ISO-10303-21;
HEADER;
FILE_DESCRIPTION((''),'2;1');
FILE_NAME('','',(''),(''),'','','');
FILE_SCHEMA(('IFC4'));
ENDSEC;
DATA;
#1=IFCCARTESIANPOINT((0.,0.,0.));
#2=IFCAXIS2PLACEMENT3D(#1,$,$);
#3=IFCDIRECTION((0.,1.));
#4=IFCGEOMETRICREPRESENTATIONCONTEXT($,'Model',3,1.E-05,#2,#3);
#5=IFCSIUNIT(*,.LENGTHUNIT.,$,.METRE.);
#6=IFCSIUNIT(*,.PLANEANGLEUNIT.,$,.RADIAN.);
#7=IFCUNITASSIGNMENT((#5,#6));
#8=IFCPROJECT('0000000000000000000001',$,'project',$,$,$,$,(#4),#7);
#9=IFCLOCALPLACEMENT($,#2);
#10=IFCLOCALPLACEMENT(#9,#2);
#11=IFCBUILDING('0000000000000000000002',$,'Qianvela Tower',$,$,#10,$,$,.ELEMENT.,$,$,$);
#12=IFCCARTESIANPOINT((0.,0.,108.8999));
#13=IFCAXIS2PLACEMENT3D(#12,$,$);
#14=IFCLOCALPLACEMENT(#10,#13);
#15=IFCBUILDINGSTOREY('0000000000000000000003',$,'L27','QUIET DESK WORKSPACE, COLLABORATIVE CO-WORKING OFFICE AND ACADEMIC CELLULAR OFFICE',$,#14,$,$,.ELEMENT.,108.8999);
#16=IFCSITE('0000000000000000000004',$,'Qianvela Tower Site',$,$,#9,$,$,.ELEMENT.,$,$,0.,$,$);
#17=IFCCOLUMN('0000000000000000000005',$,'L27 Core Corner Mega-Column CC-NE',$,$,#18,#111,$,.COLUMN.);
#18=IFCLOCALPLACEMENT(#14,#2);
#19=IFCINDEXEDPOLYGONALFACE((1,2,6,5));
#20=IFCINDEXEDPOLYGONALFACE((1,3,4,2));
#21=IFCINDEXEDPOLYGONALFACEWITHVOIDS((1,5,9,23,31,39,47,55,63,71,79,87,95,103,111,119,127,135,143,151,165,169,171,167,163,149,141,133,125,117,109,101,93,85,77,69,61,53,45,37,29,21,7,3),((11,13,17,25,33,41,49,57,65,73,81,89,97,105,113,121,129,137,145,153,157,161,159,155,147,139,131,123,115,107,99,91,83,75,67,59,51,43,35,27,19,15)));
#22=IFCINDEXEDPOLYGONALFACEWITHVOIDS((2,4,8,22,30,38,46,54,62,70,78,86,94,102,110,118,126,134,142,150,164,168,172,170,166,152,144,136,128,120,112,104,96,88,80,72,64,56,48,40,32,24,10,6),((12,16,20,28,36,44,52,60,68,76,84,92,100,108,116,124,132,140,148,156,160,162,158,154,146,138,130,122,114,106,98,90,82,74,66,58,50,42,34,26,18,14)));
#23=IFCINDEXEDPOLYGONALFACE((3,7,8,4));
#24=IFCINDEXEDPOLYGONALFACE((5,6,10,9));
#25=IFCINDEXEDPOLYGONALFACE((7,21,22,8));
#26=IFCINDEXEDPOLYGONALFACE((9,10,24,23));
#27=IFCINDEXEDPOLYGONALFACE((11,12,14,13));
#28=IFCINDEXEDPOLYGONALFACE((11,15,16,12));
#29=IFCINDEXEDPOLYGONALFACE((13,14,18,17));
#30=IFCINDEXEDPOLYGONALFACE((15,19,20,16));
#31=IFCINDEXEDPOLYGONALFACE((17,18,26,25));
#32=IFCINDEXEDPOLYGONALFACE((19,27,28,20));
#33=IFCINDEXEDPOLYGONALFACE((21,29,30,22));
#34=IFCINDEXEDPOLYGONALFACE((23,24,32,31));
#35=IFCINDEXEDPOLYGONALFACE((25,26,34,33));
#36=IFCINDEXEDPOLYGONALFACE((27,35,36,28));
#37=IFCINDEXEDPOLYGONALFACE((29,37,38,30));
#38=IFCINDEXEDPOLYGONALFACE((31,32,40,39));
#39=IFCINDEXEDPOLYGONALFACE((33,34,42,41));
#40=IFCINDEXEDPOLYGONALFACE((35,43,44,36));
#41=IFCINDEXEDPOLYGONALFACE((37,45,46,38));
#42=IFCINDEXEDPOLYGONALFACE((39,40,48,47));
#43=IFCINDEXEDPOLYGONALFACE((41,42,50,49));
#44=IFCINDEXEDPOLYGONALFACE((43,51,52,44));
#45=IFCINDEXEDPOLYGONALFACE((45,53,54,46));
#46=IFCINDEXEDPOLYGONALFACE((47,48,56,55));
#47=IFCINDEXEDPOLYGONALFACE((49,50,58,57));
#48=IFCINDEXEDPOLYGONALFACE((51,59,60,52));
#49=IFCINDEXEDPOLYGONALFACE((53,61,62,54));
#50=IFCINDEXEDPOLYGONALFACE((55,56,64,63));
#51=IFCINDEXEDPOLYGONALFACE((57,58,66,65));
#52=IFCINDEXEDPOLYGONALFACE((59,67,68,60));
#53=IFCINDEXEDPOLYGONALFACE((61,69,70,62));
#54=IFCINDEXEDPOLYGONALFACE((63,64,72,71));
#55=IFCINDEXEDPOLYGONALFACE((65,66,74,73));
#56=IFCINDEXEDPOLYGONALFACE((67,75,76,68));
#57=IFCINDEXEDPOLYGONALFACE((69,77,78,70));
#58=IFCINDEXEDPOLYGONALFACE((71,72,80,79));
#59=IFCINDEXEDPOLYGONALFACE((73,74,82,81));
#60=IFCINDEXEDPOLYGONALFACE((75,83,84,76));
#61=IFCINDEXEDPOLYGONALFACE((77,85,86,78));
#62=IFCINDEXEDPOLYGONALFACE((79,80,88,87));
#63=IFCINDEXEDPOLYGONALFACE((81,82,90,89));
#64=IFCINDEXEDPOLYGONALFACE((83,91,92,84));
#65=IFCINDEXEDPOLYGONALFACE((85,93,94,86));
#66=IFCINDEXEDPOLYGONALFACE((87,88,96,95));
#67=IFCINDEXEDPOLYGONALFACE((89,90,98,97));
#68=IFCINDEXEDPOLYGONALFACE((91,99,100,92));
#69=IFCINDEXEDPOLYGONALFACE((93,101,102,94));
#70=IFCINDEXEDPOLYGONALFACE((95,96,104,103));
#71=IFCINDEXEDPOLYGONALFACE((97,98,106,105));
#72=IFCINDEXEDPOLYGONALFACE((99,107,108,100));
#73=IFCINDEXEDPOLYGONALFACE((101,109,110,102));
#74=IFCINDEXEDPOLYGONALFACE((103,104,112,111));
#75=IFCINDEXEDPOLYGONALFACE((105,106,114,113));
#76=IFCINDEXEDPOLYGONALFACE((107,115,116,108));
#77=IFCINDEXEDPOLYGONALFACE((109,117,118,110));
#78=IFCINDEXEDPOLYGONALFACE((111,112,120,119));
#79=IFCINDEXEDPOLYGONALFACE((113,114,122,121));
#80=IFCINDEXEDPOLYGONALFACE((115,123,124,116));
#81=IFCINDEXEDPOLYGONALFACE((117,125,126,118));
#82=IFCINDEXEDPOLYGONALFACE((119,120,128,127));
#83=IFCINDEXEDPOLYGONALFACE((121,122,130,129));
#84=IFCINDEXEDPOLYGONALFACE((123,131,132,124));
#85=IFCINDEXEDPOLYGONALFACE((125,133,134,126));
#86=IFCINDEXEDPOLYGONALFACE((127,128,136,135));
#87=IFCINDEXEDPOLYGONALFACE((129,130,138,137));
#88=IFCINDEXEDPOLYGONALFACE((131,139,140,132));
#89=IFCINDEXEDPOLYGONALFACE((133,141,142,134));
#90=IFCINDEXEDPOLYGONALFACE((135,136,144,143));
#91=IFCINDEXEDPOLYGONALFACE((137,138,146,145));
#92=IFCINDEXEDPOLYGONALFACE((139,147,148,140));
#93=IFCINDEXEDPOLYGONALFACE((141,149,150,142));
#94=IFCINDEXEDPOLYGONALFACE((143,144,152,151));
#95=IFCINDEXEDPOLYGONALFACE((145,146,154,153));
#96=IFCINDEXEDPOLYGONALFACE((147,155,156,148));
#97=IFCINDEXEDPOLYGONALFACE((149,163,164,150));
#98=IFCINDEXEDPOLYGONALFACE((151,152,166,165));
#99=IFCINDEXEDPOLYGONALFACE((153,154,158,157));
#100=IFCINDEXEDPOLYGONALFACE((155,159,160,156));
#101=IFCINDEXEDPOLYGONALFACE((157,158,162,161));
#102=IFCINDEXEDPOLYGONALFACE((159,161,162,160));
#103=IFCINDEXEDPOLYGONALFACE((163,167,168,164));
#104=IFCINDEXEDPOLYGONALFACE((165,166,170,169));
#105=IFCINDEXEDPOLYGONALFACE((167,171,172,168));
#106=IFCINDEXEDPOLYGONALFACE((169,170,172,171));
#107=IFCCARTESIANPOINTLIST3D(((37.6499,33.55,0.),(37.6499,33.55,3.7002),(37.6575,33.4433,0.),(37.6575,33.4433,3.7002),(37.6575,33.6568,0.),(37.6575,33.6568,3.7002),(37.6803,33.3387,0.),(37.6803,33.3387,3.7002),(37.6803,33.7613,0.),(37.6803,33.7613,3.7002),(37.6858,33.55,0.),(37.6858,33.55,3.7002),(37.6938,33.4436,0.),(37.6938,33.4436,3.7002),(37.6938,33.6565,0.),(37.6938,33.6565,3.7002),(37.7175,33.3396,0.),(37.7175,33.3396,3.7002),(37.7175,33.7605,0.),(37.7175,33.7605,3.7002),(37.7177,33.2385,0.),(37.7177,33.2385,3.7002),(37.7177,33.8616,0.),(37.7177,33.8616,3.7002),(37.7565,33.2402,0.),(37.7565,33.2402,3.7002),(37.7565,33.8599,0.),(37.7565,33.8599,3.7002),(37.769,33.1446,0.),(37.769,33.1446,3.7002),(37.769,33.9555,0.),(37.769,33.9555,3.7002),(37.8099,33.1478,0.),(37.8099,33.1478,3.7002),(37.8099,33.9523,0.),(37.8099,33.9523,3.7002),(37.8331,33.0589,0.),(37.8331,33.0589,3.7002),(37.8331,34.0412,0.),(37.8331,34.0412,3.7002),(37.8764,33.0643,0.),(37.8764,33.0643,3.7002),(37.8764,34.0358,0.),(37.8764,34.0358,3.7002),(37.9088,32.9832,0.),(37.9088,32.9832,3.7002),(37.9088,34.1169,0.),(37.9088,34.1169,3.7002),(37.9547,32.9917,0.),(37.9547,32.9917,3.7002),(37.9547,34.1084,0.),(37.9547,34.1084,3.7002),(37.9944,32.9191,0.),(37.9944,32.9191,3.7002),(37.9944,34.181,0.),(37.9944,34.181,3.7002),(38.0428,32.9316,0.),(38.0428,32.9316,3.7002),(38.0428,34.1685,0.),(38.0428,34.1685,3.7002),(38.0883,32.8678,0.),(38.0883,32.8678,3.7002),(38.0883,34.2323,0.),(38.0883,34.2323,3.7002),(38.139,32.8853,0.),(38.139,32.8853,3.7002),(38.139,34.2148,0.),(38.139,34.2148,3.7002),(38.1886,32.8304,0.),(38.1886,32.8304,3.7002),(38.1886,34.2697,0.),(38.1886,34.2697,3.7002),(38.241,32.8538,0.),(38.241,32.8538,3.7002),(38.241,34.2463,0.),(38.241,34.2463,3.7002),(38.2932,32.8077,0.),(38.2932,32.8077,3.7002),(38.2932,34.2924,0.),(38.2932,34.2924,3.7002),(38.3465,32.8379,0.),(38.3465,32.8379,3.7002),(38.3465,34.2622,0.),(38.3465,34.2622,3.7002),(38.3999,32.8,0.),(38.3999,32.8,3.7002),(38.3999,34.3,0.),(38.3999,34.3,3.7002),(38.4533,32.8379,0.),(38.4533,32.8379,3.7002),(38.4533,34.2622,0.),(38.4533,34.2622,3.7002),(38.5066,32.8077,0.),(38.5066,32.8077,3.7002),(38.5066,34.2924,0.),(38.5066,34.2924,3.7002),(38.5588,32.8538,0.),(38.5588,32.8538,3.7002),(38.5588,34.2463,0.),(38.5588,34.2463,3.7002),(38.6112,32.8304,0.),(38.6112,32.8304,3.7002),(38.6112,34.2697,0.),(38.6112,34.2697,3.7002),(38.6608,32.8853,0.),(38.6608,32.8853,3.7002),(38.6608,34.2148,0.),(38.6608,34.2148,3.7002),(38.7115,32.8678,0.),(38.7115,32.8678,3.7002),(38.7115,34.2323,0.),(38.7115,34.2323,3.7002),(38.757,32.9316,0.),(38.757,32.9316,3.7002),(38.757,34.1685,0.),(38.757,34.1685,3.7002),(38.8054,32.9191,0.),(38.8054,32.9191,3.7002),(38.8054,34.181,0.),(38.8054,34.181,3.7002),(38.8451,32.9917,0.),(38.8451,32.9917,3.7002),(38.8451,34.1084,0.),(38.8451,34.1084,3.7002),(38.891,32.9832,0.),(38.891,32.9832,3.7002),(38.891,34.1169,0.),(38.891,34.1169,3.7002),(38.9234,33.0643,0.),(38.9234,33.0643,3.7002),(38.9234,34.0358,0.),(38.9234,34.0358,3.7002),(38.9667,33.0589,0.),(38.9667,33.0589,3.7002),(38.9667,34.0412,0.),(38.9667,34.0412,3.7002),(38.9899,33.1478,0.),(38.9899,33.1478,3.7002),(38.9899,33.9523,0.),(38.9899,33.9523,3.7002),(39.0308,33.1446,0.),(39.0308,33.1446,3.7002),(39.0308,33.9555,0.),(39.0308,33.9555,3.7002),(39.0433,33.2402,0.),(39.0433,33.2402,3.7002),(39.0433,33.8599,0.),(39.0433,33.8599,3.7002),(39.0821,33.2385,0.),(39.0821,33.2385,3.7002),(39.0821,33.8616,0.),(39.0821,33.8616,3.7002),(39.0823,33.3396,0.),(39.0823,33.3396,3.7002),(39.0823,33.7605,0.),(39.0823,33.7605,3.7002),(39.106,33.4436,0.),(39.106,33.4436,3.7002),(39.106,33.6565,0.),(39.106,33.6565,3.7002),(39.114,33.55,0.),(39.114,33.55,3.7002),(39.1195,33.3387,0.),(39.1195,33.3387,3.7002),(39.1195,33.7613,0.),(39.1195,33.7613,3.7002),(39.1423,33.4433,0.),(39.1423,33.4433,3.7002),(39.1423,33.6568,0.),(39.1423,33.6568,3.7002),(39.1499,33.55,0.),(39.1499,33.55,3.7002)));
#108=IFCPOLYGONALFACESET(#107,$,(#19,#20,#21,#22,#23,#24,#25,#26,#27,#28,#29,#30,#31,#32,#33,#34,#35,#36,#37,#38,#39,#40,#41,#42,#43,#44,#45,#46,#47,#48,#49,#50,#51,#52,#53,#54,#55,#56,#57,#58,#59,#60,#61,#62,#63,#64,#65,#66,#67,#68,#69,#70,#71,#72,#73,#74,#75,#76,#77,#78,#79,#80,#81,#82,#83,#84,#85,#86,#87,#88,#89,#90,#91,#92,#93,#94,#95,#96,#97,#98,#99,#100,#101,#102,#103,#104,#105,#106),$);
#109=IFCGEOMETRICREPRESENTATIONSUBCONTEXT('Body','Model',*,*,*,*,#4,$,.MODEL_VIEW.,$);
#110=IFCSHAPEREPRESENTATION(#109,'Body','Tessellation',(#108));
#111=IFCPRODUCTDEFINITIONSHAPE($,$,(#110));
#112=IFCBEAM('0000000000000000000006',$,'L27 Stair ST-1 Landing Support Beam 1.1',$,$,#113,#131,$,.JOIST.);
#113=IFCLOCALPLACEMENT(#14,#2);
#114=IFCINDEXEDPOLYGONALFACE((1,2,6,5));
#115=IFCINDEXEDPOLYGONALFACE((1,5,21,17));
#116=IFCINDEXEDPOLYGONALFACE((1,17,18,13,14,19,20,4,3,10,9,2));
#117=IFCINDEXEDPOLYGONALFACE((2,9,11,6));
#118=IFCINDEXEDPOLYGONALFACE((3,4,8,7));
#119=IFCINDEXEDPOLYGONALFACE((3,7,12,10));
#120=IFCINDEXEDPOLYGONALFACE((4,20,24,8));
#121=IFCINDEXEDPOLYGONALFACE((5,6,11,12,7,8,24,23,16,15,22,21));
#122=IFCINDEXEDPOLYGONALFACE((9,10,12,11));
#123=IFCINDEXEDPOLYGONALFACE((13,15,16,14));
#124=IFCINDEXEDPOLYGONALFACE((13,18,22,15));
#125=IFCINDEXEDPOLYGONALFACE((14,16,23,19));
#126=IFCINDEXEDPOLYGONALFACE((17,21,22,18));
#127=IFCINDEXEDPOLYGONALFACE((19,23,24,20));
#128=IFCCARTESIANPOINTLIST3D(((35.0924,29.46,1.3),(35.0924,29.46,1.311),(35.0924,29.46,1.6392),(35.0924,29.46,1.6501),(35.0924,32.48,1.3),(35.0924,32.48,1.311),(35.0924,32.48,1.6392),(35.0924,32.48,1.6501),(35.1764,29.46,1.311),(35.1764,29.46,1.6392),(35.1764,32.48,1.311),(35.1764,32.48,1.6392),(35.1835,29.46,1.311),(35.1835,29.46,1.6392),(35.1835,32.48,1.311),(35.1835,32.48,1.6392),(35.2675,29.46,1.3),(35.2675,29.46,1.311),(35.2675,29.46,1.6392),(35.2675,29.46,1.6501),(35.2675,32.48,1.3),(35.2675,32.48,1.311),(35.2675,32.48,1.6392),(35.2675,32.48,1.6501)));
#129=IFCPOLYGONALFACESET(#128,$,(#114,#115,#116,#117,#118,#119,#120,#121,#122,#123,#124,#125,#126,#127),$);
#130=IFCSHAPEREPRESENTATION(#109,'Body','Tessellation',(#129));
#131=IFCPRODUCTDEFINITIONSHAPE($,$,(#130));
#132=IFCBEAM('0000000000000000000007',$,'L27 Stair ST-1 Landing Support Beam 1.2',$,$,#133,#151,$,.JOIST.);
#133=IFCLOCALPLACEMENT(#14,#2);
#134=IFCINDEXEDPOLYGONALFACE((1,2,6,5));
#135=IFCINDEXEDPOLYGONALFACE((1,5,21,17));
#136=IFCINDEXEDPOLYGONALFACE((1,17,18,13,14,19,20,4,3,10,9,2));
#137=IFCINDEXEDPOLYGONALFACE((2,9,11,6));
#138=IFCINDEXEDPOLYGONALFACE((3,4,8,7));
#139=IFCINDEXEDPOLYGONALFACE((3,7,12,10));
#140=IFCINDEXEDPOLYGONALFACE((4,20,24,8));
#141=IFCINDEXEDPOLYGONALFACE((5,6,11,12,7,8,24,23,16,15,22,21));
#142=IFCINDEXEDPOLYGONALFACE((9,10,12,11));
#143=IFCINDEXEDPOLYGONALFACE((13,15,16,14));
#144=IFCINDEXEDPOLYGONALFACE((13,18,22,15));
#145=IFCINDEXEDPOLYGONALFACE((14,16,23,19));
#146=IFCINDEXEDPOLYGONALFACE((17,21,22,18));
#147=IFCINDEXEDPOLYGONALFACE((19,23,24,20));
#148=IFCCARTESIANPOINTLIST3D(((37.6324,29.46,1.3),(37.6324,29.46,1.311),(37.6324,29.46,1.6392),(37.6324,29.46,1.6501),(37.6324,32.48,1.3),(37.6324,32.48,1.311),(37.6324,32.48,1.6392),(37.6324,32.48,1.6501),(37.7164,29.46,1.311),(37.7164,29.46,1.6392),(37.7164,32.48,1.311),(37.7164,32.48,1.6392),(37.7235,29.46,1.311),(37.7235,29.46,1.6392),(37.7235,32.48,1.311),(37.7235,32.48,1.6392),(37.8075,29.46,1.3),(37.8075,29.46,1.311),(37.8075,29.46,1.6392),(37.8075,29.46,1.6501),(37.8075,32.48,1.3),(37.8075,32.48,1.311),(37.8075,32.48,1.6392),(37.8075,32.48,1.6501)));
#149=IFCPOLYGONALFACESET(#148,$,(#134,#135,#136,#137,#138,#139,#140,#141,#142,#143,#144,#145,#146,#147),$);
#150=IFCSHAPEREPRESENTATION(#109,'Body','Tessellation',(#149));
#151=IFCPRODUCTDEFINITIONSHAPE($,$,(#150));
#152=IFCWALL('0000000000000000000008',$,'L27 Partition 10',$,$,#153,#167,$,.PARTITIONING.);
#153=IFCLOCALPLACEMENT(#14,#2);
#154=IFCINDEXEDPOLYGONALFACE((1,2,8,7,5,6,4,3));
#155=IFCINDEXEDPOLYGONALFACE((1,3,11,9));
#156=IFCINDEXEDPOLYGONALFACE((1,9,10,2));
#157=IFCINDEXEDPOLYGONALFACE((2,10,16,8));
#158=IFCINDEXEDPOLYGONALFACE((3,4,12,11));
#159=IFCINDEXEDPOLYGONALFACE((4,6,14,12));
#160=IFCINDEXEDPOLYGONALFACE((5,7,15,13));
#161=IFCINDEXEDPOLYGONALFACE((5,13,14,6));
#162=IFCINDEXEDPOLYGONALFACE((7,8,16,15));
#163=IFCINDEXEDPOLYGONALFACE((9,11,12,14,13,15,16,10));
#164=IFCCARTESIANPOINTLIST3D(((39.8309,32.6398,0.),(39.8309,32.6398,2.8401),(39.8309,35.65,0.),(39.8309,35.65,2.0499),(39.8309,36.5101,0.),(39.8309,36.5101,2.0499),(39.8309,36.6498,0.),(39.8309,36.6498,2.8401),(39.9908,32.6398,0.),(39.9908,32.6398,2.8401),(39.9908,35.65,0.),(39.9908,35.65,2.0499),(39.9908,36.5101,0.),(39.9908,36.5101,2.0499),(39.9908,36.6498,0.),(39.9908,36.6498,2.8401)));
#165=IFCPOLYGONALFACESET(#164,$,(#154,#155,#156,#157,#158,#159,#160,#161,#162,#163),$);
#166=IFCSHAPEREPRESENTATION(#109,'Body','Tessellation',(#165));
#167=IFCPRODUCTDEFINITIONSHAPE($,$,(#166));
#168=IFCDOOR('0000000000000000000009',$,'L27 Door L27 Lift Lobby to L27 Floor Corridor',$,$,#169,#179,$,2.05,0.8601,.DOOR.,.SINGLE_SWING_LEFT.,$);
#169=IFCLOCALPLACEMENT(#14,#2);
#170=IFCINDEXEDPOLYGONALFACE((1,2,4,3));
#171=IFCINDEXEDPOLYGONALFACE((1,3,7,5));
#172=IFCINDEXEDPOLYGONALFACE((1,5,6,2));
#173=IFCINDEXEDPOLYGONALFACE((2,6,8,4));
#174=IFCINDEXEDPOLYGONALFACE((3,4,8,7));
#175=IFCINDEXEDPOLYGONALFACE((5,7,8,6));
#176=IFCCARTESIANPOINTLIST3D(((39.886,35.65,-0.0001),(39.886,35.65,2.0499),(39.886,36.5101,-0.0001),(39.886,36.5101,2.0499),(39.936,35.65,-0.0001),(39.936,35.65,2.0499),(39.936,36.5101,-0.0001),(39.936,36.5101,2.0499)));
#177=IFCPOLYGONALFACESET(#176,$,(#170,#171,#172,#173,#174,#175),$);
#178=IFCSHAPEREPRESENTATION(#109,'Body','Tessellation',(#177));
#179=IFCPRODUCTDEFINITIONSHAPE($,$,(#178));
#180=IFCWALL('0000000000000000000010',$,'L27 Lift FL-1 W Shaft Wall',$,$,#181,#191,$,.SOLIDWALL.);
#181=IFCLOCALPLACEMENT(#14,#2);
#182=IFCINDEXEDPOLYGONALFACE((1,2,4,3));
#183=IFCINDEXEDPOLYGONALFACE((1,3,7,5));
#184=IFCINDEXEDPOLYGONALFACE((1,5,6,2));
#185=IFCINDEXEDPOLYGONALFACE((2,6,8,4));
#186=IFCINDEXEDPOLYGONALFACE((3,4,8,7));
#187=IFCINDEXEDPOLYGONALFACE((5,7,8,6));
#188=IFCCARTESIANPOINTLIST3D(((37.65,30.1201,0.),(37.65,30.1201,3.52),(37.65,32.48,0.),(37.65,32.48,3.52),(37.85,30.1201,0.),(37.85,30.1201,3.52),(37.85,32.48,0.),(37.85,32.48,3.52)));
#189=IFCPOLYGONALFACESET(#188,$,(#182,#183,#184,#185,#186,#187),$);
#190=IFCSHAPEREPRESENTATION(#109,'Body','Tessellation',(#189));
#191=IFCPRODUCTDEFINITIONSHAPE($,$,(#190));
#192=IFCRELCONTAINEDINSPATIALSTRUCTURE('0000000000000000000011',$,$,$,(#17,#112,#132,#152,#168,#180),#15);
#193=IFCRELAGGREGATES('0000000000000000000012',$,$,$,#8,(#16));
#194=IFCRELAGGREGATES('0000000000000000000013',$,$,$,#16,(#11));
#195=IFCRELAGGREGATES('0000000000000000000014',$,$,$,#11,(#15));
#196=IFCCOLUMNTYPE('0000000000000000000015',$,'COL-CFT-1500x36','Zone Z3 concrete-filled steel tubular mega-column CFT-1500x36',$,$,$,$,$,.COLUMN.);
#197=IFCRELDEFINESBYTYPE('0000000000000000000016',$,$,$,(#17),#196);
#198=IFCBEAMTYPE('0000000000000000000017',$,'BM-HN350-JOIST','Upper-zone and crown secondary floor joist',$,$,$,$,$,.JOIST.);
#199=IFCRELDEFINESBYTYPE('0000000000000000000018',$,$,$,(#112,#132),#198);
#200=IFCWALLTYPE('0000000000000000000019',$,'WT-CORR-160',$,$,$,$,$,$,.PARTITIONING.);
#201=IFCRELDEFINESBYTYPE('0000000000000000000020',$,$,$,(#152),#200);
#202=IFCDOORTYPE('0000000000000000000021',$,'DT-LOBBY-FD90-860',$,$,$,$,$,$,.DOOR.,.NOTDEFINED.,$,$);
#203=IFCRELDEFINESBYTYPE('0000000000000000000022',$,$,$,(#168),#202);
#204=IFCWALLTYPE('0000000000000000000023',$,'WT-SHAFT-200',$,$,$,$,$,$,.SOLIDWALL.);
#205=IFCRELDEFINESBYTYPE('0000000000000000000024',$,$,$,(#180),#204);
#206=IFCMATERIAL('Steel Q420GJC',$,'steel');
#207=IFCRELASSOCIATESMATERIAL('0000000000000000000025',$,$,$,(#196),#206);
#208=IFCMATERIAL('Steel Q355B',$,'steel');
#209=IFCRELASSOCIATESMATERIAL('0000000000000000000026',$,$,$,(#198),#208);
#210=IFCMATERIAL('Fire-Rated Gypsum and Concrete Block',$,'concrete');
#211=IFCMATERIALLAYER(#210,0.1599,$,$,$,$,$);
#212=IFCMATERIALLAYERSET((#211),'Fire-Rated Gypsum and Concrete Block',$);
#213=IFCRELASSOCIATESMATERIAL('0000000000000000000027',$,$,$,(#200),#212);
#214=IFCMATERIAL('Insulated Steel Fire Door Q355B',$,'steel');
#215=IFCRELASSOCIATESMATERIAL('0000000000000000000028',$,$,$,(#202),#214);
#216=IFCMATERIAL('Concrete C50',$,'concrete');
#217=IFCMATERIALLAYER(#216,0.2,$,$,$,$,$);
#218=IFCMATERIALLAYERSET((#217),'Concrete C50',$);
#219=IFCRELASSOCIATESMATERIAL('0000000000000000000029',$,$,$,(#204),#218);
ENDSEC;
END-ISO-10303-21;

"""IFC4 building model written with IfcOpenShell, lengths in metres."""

from ifc_helpers import new_model, si_unit, direction, frame, frame_2d, origin, origin_2d, place, context, subcontext, project, spatial, rectangle, hollow_circle, i_section, extrude, material, layer, layer_set, material_profile, profile_set, type_object, element, fill, save


model = new_model("IFC4")

# Units and contexts
model_context = context("Model", 3, precision=1e-05, world=origin(), true_north=direction((0.0, 1.0)))
body_context = subcontext(model_context, "Body", "Model", "MODEL_VIEW")
ifc_project = project(units=[si_unit("LENGTHUNIT", "METRE"), si_unit("PLANEANGLEUNIT", "RADIAN")], contexts=[model_context])

# Site, building, storey
site_placement = place(None, origin())
site = spatial("IfcSite", under=ifc_project, at=site_placement, Name="Qianvela Tower Site", CompositionType="ELEMENT", RefElevation=0.0)
building_placement = place(site_placement, origin())
building = spatial("IfcBuilding", under=site, at=building_placement, Name="Qianvela Tower", CompositionType="ELEMENT")
storey_placement = place(building_placement, frame((0.0, 0.0, 108.8999)))
storey = spatial("IfcBuildingStorey", under=building, at=storey_placement, Name="L27", Description="QUIET DESK WORKSPACE, COLLABORATIVE CO-WORKING OFFICE AND ACADEMIC CELLULAR OFFICE", CompositionType="ELEMENT", Elevation=108.8999)

# Column
ifc_material_1 = material(Name="Steel Q420GJC", Category="steel")
ifc_material_profile_1 = material_profile(ifc_material_1, hollow_circle(Radius=0.75, WallThickness=0.0359, at=origin_2d()), Name="CFT-1500x36")
ifc_profile_set_1 = profile_set([ifc_material_profile_1], Name="Steel Q420GJC")
column_type = type_object("IfcColumnType", Name="COL-CFT-1500x36", Description="Zone Z3 concrete-filled steel tubular mega-column CFT-1500x36", PredefinedType="COLUMN", material=ifc_profile_set_1)
column_placement = place(storey_placement, frame((38.3999, 33.55, 0.0), z_axis=(0.0, 0.0, 1.0), x_axis=(1.0, 0.0, 0.0)))
element("IfcColumn", 1, at=column_placement, inside=storey, type_object=column_type, Name="L27 Core Corner Mega-Column CC-NE", PredefinedType="COLUMN", context=body_context, shape_type="SweptSolid", body=[
    extrude(hollow_circle(Radius=0.75, WallThickness=0.0359, at=origin_2d()), origin(), (0.0, 0.0, 1.0), 3.7002),
])

# Beams
ifc_material_2 = material(Name="Steel Q355B", Category="steel")
ifc_material_profile_2 = material_profile(ifc_material_2, i_section(OverallWidth=0.175, OverallDepth=0.3501, WebThickness=0.0071, FlangeThickness=0.011, at=origin_2d()), Name="HN350x175x7x11")
ifc_profile_set_2 = profile_set([ifc_material_profile_2], Name="Steel Q355B")
beam_type = type_object("IfcBeamType", Name="BM-HN350-JOIST", Description="Upper-zone and crown secondary floor joist", PredefinedType="JOIST", material=ifc_profile_set_2)
for number, where, z_axis, x_axis, name in (
    (2, (35.1799, 29.46, 1.4751), (0.0, 1.0, 0.0), (-1.0, 0.0, 0.0), "L27 Stair ST-1 Landing Support Beam 1.1"),
    (3, (37.72, 29.46, 1.4751), (0.0, 1.0, 0.0), (-1.0, 0.0, 0.0), "L27 Stair ST-1 Landing Support Beam 1.2"),
):
    element("IfcBeam", number, at=place(storey_placement, frame(where, z_axis=z_axis, x_axis=x_axis)), inside=storey, type_object=beam_type, Name=name, PredefinedType="JOIST", context=body_context, shape_type="SweptSolid", body=[
        extrude(i_section(OverallWidth=0.175, OverallDepth=0.3501, WebThickness=0.0071, FlangeThickness=0.011, at=origin_2d()), origin(), (0.0, 0.0, 1.0), 3.02),
    ])

# Wall, opening, door
ifc_material_3 = material(Name="Fire-Rated Gypsum and Concrete Block", Category="concrete")
ifc_layer_1 = layer(ifc_material_3, 0.1599)
ifc_layer_set_1 = layer_set([ifc_layer_1], Name="Fire-Rated Gypsum and Concrete Block")
wall_type_1 = type_object("IfcWallType", Name="WT-CORR-160", PredefinedType="PARTITIONING", material=ifc_layer_set_1)
wall_1_placement = place(storey_placement, frame((39.9109, 32.6399, 0.0), z_axis=(0.0, 0.0, 1.0), x_axis=(0.0, 1.0, 0.0)))
wall_1 = element("IfcWall", 4, at=wall_1_placement, inside=storey, type_object=wall_type_1, Name="L27 Partition 10", PredefinedType="PARTITIONING", context=body_context, shape_type="SweptSolid", body=[
    extrude(rectangle(XDim=4.01, YDim=0.1599, at=frame_2d((2.0049, 0.0))), origin(), (0.0, 0.0, 1.0), 2.8401),
])
opening_1_placement = place(wall_1_placement, frame((3.01, 0.0, 0.0)))
opening_1 = element("IfcOpeningElement", 5, at=opening_1_placement, cuts=wall_1, PredefinedType="OPENING", context=body_context, shape_type="SweptSolid", body=[
    extrude(rectangle(XDim=0.8601, YDim=2.05, at=frame_2d((0.4302, 1.0249))), frame((0.0, 0.0898, 0.0), z_axis=(0.0, -1.0, 0.0), x_axis=(1.0, 0.0, 0.0)), (0.0, 0.0, 1.0), 0.1799),
])
ifc_material_4 = material(Name="Insulated Steel Fire Door Q355B", Category="steel")
door_type_1 = type_object("IfcDoorType", Name="DT-LOBBY-FD90-860", OperationType="NOTDEFINED", PredefinedType="DOOR", material=ifc_material_4)
door_1_placement = place(opening_1_placement, origin())
door_1 = element("IfcDoor", 6, at=door_1_placement, inside=storey, type_object=door_type_1, Name="L27 Door L27 Lift Lobby to L27 Floor Corridor", OperationType="SINGLE_SWING_LEFT", OverallHeight=2.05, OverallWidth=0.8601, PredefinedType="DOOR", context=body_context, shape_type="SweptSolid", body=[
    extrude(rectangle(XDim=0.8601, YDim=2.05, at=frame_2d((0.4302, 1.0249))), frame((0.0, 0.0249, 0.0), z_axis=(0.0, -1.0, 0.0), x_axis=(1.0, 0.0, 0.0)), (0.0, 0.0, 1.0), 0.05),
])
fill(opening_1, door_1)
ifc_material_5 = material(Name="Concrete C50", Category="concrete")
ifc_layer_2 = layer(ifc_material_5, 0.2)
ifc_layer_set_2 = layer_set([ifc_layer_2], Name="Concrete C50")
wall_type_2 = type_object("IfcWallType", Name="WT-SHAFT-200", PredefinedType="SOLIDWALL", material=ifc_layer_set_2)

# Wall
wall_2_placement = place(storey_placement, frame((37.75, 30.1201, 0.0), z_axis=(0.0, 0.0, 1.0), x_axis=(0.0, 1.0, 0.0)))
element("IfcWall", 7, at=wall_2_placement, inside=storey, type_object=wall_type_2, Name="L27 Lift FL-1 W Shaft Wall", PredefinedType="SOLIDWALL", context=body_context, shape_type="SweptSolid", body=[
    extrude(rectangle(XDim=2.3599, YDim=0.2, at=frame_2d((1.1799, 0.0))), origin(), (0.0, 0.0, 1.0), 3.52),
])

save(model, "model.ifc")
